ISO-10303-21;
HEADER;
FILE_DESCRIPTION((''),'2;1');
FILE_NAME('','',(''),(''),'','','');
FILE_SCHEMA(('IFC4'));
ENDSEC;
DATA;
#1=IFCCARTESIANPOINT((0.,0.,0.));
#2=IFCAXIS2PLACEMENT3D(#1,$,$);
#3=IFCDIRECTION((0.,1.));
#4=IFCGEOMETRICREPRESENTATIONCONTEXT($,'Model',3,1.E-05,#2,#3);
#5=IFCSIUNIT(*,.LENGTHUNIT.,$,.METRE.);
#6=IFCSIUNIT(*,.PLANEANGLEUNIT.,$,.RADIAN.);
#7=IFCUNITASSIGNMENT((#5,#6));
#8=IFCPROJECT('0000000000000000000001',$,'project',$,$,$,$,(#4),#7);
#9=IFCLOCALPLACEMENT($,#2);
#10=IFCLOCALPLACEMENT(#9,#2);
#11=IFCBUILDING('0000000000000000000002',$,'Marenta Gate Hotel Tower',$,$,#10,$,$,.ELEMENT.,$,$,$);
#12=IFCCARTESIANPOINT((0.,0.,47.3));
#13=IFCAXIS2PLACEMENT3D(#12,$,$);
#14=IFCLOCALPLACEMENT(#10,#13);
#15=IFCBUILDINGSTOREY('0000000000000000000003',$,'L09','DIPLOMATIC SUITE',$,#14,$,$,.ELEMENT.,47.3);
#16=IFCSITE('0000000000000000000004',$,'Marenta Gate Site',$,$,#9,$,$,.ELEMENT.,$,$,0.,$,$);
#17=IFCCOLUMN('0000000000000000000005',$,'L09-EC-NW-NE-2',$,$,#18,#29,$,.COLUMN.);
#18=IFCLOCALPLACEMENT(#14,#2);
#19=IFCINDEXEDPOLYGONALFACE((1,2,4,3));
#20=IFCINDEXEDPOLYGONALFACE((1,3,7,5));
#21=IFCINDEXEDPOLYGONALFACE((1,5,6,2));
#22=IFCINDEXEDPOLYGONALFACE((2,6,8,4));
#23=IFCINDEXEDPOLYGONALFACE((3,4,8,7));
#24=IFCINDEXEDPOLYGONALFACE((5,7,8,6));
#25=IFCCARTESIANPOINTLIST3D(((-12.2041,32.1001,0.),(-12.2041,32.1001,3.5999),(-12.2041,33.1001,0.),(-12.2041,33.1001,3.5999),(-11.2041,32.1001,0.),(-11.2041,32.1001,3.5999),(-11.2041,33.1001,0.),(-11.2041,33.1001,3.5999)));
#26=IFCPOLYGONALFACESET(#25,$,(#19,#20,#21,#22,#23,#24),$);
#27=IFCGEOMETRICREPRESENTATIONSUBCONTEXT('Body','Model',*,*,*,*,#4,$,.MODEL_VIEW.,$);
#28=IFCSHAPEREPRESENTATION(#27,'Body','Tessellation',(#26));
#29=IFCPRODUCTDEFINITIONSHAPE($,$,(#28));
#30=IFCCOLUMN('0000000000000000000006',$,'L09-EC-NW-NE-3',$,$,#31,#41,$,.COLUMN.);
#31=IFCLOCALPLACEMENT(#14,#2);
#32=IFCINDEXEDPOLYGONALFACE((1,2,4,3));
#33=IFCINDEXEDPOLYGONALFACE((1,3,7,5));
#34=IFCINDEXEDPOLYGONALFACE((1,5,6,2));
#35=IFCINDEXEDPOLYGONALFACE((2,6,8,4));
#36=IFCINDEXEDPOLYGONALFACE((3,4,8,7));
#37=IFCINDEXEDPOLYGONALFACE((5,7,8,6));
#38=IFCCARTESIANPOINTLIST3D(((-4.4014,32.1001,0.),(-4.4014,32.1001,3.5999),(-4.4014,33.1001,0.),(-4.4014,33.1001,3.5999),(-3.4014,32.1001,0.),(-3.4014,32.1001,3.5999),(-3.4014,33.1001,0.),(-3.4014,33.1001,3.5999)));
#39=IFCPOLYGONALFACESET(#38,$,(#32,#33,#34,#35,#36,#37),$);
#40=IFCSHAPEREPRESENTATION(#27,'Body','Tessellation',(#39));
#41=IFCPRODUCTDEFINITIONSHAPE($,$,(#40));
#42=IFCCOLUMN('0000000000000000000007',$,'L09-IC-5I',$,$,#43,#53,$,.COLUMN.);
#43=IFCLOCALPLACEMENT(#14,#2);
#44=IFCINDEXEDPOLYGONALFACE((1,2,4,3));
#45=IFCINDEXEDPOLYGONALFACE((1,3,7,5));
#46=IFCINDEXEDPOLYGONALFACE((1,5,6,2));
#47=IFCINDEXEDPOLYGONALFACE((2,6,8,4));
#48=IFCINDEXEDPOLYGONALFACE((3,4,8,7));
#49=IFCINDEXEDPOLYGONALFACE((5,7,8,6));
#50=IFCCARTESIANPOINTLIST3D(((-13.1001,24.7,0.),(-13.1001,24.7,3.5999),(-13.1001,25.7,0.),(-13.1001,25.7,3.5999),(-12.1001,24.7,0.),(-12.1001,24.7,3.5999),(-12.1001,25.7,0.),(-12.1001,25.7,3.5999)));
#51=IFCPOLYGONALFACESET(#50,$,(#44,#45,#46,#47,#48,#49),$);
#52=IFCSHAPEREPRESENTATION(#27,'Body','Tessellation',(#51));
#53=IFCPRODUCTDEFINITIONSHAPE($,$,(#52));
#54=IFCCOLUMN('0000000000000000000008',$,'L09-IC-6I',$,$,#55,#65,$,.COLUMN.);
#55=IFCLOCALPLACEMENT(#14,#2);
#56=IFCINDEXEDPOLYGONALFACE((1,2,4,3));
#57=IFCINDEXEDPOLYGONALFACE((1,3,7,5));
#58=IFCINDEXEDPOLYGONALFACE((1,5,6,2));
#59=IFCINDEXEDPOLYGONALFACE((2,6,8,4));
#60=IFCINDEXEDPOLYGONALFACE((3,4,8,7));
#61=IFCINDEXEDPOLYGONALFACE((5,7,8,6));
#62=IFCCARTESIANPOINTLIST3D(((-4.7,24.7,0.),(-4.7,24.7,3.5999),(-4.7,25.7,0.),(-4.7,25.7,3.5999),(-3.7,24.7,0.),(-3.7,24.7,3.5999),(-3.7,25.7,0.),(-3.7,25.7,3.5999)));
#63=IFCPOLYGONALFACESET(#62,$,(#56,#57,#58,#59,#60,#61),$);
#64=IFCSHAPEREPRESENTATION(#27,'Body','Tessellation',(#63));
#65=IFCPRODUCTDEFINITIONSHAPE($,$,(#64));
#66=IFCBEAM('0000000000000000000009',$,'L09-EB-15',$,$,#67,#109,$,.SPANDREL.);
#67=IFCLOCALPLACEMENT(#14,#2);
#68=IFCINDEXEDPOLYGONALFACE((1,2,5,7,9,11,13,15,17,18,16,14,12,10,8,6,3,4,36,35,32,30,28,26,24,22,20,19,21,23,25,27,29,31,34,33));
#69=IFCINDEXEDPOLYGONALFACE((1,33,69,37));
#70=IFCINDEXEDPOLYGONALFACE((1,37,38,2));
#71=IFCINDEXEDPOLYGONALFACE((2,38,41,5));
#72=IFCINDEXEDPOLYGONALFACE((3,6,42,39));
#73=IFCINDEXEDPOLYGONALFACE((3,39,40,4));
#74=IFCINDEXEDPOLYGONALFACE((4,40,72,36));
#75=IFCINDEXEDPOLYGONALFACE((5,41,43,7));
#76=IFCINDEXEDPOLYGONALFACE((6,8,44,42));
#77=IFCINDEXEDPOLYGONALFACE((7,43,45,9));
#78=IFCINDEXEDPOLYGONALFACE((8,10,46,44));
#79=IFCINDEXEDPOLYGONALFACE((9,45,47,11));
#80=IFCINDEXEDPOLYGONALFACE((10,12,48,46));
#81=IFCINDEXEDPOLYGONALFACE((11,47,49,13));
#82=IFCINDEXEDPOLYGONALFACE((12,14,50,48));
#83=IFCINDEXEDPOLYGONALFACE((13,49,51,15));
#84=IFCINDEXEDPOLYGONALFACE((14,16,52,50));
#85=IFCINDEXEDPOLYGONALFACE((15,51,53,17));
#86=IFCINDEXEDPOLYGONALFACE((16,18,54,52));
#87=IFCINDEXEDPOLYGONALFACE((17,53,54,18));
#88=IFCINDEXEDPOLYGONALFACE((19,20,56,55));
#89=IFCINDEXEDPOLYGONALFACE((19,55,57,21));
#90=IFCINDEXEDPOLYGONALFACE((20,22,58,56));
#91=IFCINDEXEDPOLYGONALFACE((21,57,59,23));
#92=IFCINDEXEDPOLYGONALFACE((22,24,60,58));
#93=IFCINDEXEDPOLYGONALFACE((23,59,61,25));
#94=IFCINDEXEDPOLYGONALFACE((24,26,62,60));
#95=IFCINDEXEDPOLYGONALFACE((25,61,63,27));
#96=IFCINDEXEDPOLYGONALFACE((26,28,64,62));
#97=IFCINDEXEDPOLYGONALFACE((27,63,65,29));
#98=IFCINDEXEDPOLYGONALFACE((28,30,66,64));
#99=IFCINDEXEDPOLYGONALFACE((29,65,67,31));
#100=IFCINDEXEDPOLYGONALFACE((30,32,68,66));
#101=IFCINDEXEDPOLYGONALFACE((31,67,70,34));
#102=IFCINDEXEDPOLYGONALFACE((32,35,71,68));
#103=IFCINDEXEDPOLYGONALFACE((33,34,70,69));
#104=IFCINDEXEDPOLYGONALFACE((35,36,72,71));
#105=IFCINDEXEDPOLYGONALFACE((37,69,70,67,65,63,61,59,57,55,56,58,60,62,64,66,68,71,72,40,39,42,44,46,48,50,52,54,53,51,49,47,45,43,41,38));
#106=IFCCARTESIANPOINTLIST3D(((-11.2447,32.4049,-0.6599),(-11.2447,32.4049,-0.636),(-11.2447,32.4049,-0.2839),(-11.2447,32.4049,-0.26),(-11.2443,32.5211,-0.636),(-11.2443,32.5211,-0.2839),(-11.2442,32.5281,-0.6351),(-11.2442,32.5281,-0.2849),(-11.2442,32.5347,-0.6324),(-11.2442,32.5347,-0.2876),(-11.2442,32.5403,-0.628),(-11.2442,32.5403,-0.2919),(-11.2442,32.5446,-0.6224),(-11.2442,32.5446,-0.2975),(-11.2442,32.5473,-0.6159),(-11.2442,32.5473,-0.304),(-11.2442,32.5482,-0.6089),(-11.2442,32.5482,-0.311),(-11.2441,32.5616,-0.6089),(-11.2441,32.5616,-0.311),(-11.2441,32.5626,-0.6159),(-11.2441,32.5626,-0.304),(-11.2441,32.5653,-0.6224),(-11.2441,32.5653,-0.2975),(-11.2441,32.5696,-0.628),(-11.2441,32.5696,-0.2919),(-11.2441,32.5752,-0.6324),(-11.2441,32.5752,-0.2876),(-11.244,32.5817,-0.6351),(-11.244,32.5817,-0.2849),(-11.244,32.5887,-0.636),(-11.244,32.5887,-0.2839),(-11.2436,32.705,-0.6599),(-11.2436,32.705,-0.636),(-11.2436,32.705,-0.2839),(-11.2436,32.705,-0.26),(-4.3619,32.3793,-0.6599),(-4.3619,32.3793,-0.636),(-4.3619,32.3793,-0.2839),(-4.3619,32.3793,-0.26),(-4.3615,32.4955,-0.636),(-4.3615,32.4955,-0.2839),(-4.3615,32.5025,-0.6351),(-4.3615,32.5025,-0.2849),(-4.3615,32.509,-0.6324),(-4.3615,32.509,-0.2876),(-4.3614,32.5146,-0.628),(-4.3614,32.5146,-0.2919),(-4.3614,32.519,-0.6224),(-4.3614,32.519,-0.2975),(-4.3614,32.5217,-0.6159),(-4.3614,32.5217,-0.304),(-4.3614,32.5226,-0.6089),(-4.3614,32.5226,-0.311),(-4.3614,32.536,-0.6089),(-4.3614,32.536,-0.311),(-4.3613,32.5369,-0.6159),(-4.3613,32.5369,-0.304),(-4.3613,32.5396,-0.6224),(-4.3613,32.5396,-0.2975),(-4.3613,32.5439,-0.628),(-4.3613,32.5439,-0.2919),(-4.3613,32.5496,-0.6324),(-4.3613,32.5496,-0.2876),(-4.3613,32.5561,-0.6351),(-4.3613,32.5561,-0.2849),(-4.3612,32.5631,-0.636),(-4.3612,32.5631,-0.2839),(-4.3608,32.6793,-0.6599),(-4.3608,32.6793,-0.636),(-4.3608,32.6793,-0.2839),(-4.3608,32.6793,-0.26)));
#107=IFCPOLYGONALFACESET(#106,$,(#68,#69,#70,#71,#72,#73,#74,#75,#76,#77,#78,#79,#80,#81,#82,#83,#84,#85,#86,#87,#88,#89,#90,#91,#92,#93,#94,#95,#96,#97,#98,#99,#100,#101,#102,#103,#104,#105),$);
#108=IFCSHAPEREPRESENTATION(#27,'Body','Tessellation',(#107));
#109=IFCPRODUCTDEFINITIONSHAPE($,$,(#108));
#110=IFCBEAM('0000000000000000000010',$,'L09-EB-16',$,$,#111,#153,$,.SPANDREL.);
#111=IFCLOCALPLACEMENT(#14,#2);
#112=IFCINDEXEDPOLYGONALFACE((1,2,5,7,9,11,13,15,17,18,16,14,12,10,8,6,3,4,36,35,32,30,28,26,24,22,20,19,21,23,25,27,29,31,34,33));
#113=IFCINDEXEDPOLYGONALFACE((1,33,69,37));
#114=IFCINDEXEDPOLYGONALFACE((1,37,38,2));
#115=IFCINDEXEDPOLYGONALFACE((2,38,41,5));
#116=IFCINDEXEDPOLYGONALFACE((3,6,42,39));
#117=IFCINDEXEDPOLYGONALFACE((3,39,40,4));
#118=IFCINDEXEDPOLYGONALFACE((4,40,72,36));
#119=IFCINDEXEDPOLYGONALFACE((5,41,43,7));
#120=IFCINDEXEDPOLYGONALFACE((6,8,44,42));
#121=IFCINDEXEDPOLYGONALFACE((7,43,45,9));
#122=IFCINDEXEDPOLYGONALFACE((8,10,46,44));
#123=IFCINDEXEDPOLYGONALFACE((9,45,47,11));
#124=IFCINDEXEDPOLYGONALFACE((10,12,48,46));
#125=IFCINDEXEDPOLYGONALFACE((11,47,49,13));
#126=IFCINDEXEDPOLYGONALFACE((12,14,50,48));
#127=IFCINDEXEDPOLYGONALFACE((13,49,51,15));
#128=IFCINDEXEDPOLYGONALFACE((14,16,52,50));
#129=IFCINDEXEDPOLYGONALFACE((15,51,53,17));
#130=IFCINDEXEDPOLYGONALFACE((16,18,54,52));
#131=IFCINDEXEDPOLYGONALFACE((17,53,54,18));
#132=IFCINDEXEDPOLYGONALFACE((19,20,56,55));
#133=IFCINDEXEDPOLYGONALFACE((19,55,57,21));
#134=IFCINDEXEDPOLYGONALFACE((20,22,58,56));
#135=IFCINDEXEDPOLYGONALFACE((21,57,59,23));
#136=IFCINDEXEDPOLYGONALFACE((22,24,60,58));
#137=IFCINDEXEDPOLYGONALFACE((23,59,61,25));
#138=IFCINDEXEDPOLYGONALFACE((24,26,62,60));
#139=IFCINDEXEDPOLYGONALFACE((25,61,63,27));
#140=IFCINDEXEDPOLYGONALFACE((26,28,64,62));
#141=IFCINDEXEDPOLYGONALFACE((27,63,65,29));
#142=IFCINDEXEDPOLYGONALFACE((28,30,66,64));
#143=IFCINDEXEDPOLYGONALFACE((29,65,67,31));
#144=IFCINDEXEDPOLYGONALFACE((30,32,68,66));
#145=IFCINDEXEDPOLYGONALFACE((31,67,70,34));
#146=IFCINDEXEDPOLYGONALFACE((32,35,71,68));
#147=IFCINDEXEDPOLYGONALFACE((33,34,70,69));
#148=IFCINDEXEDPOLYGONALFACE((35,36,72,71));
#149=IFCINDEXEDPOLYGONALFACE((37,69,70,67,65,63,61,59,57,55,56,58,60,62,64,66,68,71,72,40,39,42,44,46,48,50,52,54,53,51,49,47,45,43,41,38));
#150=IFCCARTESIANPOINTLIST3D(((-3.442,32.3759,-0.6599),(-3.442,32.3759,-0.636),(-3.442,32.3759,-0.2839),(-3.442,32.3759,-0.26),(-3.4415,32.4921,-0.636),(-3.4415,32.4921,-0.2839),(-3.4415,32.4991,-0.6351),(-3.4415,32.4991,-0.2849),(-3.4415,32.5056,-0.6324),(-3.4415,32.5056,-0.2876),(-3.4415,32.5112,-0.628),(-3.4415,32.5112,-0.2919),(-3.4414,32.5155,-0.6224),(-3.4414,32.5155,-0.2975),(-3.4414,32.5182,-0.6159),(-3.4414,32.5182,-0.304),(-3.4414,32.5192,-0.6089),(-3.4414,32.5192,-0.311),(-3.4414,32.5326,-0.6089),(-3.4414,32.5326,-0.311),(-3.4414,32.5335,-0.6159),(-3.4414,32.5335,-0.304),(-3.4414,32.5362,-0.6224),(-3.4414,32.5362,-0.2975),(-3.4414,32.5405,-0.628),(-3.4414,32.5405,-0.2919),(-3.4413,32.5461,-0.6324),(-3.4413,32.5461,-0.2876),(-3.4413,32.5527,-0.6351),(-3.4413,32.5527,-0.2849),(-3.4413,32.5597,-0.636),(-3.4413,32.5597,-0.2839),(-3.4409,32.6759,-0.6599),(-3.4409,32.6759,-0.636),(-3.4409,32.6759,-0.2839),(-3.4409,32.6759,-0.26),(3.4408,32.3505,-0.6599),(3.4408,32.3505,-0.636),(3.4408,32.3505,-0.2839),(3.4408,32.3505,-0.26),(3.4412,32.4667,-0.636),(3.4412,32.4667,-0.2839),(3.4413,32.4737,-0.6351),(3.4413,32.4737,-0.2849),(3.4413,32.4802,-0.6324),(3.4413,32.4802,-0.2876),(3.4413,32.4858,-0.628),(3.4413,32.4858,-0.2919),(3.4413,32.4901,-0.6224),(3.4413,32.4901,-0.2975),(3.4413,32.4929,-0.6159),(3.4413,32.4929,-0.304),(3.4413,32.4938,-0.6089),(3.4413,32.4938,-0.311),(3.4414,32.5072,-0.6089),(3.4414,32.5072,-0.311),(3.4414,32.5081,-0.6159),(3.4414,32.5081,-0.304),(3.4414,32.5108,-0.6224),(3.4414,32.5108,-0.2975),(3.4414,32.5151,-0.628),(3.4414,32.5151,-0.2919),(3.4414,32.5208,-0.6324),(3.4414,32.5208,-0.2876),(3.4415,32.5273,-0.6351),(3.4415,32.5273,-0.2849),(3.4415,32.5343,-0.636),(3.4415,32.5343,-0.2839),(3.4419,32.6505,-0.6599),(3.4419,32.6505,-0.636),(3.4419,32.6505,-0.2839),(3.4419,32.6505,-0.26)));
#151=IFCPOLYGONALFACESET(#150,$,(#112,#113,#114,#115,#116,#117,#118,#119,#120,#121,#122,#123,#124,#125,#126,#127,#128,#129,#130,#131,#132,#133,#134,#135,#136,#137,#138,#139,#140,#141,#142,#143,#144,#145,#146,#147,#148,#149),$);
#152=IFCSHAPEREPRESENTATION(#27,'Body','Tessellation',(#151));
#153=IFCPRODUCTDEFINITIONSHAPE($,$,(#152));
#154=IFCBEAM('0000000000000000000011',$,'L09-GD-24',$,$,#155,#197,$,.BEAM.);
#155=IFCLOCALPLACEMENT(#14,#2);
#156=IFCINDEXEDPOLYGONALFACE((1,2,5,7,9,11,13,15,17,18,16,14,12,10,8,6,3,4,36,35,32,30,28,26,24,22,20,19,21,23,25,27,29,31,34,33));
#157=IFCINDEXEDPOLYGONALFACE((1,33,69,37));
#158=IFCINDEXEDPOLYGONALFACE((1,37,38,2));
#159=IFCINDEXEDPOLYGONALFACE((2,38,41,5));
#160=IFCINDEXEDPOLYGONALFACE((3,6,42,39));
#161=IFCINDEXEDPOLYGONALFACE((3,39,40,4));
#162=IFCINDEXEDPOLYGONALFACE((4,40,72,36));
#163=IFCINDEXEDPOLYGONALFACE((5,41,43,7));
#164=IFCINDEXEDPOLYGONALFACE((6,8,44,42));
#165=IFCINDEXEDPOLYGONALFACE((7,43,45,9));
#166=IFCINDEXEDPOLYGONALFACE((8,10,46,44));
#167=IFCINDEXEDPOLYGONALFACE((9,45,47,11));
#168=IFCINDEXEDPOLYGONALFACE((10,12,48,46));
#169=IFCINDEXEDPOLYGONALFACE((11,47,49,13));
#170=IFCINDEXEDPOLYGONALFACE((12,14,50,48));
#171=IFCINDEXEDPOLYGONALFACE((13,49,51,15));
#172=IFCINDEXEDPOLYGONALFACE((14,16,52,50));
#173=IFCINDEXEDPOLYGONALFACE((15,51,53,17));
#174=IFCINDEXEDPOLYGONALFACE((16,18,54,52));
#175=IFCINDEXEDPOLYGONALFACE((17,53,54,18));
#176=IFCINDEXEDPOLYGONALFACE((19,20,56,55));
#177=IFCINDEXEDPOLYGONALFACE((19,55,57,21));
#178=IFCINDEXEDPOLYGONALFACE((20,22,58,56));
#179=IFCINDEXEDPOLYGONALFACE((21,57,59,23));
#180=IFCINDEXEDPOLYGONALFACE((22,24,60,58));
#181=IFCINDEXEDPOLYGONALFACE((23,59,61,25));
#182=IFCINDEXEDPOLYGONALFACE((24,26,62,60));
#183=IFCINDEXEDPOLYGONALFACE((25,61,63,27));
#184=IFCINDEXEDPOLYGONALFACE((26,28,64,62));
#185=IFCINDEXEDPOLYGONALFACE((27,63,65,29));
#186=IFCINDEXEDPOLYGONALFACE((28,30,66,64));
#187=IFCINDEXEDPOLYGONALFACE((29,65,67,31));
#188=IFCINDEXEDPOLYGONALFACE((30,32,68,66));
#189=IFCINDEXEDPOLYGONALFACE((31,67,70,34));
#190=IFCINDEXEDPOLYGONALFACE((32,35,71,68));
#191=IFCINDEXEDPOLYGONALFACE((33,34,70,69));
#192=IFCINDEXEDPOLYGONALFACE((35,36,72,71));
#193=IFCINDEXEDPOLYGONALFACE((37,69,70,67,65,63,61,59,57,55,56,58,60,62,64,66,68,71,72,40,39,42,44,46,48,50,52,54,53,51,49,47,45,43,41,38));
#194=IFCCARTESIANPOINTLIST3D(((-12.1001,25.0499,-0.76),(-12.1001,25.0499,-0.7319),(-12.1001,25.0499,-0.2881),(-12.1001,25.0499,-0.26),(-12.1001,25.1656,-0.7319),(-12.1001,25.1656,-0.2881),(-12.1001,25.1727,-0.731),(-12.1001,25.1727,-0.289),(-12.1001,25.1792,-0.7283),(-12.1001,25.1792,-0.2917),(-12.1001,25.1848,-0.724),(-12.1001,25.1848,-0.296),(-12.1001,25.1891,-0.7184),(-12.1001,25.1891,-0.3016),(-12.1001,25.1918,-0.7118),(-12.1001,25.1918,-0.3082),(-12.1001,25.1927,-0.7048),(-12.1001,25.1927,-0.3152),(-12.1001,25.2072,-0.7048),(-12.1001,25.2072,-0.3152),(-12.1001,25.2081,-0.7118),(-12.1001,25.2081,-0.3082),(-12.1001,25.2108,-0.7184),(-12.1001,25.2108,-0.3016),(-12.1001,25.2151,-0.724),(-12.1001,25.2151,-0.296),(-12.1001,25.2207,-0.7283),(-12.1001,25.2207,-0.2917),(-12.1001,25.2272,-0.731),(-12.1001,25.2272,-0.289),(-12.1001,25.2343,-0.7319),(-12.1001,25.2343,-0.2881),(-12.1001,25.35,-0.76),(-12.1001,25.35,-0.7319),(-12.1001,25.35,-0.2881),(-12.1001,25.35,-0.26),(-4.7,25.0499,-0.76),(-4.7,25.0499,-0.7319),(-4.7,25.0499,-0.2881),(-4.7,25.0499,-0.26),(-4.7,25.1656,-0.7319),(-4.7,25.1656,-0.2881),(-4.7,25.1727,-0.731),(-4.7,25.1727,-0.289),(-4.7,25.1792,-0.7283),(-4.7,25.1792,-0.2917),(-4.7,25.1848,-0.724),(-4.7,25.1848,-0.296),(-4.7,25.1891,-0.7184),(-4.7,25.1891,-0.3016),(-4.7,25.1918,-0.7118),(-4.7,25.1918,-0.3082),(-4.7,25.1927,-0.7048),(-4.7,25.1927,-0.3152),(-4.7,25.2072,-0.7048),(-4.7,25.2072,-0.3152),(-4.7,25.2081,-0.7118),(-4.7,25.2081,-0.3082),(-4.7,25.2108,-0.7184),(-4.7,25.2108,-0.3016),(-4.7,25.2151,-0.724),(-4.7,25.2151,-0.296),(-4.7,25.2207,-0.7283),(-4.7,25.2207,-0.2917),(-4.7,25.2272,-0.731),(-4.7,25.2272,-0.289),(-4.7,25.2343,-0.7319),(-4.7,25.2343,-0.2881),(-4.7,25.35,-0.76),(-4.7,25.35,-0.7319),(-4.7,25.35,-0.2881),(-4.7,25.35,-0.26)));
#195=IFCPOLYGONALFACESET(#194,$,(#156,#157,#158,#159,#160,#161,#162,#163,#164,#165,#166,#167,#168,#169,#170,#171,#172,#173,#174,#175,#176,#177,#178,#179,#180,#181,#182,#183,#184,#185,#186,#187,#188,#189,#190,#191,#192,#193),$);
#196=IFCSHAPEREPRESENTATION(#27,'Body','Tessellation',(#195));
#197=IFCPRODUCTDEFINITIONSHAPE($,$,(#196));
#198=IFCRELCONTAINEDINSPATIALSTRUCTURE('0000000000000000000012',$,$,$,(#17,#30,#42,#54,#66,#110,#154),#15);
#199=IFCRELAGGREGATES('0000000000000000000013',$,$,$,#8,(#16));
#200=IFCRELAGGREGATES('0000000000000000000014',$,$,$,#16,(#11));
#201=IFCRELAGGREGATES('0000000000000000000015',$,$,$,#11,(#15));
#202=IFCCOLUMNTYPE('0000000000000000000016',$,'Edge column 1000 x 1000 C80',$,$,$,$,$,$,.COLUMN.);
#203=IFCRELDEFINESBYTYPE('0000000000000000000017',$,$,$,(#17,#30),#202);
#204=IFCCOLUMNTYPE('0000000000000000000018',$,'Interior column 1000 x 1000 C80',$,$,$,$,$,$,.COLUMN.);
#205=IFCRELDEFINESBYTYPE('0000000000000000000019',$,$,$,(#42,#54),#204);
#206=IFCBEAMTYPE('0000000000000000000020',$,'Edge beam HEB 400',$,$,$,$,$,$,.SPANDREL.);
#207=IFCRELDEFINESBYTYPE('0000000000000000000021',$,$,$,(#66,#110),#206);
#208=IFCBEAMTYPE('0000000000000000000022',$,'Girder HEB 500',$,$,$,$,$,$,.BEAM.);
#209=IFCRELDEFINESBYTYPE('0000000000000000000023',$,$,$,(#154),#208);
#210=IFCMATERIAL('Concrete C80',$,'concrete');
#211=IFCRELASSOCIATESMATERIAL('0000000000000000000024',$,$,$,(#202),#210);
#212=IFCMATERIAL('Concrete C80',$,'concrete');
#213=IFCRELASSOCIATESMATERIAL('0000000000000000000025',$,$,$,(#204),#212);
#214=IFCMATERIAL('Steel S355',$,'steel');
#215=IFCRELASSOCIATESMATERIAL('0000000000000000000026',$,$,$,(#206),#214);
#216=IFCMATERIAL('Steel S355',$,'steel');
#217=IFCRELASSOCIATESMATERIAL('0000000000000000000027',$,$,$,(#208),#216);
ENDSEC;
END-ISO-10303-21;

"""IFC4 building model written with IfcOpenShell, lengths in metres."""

from ifc_helpers import new_model, si_unit, direction, frame, origin, origin_2d, place, context, subcontext, project, spatial, rectangle, i_section, extrude, material, material_profile, profile_set, type_object, element, save


model = new_model("IFC4")

# Units and contexts
model_context = context("Model", 3, precision=1e-05, world=origin(), true_north=direction((0.0, 1.0)))
body_context = subcontext(model_context, "Body", "Model", "MODEL_VIEW")
ifc_project = project(units=[si_unit("LENGTHUNIT", "METRE"), si_unit("PLANEANGLEUNIT", "RADIAN")], contexts=[model_context])

# Site, building, storey
site_placement = place(None, origin())
site = spatial("IfcSite", under=ifc_project, at=site_placement, Name="Marenta Gate Site", CompositionType="ELEMENT", RefElevation=0.0)
building_placement = place(site_placement, origin())
building = spatial("IfcBuilding", under=site, at=building_placement, Name="Marenta Gate Hotel Tower", CompositionType="ELEMENT")
storey_placement = place(building_placement, frame((0.0, 0.0, 47.3)))
storey = spatial("IfcBuildingStorey", under=building, at=storey_placement, Name="L09", Description="DIPLOMATIC SUITE", CompositionType="ELEMENT", Elevation=47.3)

# Columns
ifc_material_1 = material(Name="Concrete C80", Category="concrete")
ifc_material_profile_1 = material_profile(ifc_material_1, rectangle(XDim=1.0, YDim=1.0, at=origin_2d()), Name="1000 x 1000")
ifc_profile_set_1 = profile_set([ifc_material_profile_1], Name="Concrete C80")
column_type_1 = type_object("IfcColumnType", Name="Edge column 1000 x 1000 C80", PredefinedType="COLUMN", material=ifc_profile_set_1)
for number, where, z_axis, x_axis, name in (
    (1, (-11.7041, 32.6001, 0.0), (0.0, 0.0, 1.0), (1.0, 0.0, 0.0), "L09-EC-NW-NE-2"),
    (2, (-3.9014, 32.6001, 0.0), (0.0, 0.0, 1.0), (1.0, 0.0, 0.0), "L09-EC-NW-NE-3"),
):
    element("IfcColumn", number, at=place(storey_placement, frame(where, z_axis=z_axis, x_axis=x_axis)), inside=storey, type_object=column_type_1, Name=name, PredefinedType="COLUMN", context=body_context, shape_type="SweptSolid", body=[
        extrude(rectangle(XDim=1.0, YDim=1.0, at=origin_2d()), origin(), (0.0, 0.0, 1.0), 3.5999),
    ])
ifc_material_2 = material(Name="Concrete C80", Category="concrete")
ifc_material_profile_2 = material_profile(ifc_material_2, rectangle(XDim=1.0, YDim=1.0, at=origin_2d()), Name="1000 x 1000")
ifc_profile_set_2 = profile_set([ifc_material_profile_2], Name="Concrete C80")
column_type_2 = type_object("IfcColumnType", Name="Interior column 1000 x 1000 C80", PredefinedType="COLUMN", material=ifc_profile_set_2)
for number, where, z_axis, x_axis, name in (
    (3, (-12.6001, 25.2, 0.0), (0.0, 0.0, 1.0), (1.0, 0.0, 0.0), "L09-IC-5I"),
    (4, (-4.2, 25.2, 0.0), (0.0, 0.0, 1.0), (1.0, 0.0, 0.0), "L09-IC-6I"),
):
    element("IfcColumn", number, at=place(storey_placement, frame(where, z_axis=z_axis, x_axis=x_axis)), inside=storey, type_object=column_type_2, Name=name, PredefinedType="COLUMN", context=body_context, shape_type="SweptSolid", body=[
        extrude(rectangle(XDim=1.0, YDim=1.0, at=origin_2d()), origin(), (0.0, 0.0, 1.0), 3.5999),
    ])

# Beams
ifc_material_3 = material(Name="Steel S355", Category="steel")
ifc_material_profile_3 = material_profile(ifc_material_3, i_section(OverallWidth=0.3, OverallDepth=0.3999, WebThickness=0.0134, FlangeThickness=0.0239, FilletRadius=0.0271, at=origin_2d()), Name="HEB 400")
ifc_profile_set_3 = profile_set([ifc_material_profile_3], Name="Steel S355")
beam_type_1 = type_object("IfcBeamType", Name="Edge beam HEB 400", PredefinedType="SPANDREL", material=ifc_profile_set_3)
for number, where, z_axis, x_axis, name in (
    (5, (-11.2441, 32.5549, -0.46), (0.999993, -0.003724, 0.0), (0.003724, 0.999993, 0.0), "L09-EB-15"),
    (6, (-3.4414, 32.5259, -0.46), (0.999993, -0.003689, 0.0), (0.003689, 0.999993, 0.0), "L09-EB-16"),
):
    element("IfcBeam", number, at=place(storey_placement, frame(where, z_axis=z_axis, x_axis=x_axis)), inside=storey, type_object=beam_type_1, Name=name, PredefinedType="SPANDREL", context=body_context, shape_type="SweptSolid", body=[
        extrude(i_section(OverallWidth=0.3, OverallDepth=0.3999, WebThickness=0.0134, FlangeThickness=0.0239, FilletRadius=0.0271, at=origin_2d()), origin(), (0.0, 0.0, 1.0), 6.8828),
    ])
ifc_material_4 = material(Name="Steel S355", Category="steel")
ifc_material_profile_4 = material_profile(ifc_material_4, i_section(OverallWidth=0.3, OverallDepth=0.5, WebThickness=0.0144, FlangeThickness=0.0281, FilletRadius=0.0271, at=origin_2d()), Name="HEB 500")
ifc_profile_set_4 = profile_set([ifc_material_profile_4], Name="Steel S355")
beam_type_2 = type_object("IfcBeamType", Name="Girder HEB 500", PredefinedType="BEAM", material=ifc_profile_set_4)
beam_1_placement = place(storey_placement, frame((-12.1001, 25.2, -0.51), z_axis=(1.0, 0.0, 0.0), x_axis=(0.0, 1.0, 0.0)))
element("IfcBeam", 7, at=beam_1_placement, inside=storey, type_object=beam_type_2, Name="L09-GD-24", PredefinedType="BEAM", context=body_context, shape_type="SweptSolid", body=[
    extrude(i_section(OverallWidth=0.3, OverallDepth=0.5, WebThickness=0.0144, FlangeThickness=0.0281, FilletRadius=0.0271, at=origin_2d()), origin(), (0.0, 0.0, 1.0), 7.4001),
])

save(model, "model.ifc")
